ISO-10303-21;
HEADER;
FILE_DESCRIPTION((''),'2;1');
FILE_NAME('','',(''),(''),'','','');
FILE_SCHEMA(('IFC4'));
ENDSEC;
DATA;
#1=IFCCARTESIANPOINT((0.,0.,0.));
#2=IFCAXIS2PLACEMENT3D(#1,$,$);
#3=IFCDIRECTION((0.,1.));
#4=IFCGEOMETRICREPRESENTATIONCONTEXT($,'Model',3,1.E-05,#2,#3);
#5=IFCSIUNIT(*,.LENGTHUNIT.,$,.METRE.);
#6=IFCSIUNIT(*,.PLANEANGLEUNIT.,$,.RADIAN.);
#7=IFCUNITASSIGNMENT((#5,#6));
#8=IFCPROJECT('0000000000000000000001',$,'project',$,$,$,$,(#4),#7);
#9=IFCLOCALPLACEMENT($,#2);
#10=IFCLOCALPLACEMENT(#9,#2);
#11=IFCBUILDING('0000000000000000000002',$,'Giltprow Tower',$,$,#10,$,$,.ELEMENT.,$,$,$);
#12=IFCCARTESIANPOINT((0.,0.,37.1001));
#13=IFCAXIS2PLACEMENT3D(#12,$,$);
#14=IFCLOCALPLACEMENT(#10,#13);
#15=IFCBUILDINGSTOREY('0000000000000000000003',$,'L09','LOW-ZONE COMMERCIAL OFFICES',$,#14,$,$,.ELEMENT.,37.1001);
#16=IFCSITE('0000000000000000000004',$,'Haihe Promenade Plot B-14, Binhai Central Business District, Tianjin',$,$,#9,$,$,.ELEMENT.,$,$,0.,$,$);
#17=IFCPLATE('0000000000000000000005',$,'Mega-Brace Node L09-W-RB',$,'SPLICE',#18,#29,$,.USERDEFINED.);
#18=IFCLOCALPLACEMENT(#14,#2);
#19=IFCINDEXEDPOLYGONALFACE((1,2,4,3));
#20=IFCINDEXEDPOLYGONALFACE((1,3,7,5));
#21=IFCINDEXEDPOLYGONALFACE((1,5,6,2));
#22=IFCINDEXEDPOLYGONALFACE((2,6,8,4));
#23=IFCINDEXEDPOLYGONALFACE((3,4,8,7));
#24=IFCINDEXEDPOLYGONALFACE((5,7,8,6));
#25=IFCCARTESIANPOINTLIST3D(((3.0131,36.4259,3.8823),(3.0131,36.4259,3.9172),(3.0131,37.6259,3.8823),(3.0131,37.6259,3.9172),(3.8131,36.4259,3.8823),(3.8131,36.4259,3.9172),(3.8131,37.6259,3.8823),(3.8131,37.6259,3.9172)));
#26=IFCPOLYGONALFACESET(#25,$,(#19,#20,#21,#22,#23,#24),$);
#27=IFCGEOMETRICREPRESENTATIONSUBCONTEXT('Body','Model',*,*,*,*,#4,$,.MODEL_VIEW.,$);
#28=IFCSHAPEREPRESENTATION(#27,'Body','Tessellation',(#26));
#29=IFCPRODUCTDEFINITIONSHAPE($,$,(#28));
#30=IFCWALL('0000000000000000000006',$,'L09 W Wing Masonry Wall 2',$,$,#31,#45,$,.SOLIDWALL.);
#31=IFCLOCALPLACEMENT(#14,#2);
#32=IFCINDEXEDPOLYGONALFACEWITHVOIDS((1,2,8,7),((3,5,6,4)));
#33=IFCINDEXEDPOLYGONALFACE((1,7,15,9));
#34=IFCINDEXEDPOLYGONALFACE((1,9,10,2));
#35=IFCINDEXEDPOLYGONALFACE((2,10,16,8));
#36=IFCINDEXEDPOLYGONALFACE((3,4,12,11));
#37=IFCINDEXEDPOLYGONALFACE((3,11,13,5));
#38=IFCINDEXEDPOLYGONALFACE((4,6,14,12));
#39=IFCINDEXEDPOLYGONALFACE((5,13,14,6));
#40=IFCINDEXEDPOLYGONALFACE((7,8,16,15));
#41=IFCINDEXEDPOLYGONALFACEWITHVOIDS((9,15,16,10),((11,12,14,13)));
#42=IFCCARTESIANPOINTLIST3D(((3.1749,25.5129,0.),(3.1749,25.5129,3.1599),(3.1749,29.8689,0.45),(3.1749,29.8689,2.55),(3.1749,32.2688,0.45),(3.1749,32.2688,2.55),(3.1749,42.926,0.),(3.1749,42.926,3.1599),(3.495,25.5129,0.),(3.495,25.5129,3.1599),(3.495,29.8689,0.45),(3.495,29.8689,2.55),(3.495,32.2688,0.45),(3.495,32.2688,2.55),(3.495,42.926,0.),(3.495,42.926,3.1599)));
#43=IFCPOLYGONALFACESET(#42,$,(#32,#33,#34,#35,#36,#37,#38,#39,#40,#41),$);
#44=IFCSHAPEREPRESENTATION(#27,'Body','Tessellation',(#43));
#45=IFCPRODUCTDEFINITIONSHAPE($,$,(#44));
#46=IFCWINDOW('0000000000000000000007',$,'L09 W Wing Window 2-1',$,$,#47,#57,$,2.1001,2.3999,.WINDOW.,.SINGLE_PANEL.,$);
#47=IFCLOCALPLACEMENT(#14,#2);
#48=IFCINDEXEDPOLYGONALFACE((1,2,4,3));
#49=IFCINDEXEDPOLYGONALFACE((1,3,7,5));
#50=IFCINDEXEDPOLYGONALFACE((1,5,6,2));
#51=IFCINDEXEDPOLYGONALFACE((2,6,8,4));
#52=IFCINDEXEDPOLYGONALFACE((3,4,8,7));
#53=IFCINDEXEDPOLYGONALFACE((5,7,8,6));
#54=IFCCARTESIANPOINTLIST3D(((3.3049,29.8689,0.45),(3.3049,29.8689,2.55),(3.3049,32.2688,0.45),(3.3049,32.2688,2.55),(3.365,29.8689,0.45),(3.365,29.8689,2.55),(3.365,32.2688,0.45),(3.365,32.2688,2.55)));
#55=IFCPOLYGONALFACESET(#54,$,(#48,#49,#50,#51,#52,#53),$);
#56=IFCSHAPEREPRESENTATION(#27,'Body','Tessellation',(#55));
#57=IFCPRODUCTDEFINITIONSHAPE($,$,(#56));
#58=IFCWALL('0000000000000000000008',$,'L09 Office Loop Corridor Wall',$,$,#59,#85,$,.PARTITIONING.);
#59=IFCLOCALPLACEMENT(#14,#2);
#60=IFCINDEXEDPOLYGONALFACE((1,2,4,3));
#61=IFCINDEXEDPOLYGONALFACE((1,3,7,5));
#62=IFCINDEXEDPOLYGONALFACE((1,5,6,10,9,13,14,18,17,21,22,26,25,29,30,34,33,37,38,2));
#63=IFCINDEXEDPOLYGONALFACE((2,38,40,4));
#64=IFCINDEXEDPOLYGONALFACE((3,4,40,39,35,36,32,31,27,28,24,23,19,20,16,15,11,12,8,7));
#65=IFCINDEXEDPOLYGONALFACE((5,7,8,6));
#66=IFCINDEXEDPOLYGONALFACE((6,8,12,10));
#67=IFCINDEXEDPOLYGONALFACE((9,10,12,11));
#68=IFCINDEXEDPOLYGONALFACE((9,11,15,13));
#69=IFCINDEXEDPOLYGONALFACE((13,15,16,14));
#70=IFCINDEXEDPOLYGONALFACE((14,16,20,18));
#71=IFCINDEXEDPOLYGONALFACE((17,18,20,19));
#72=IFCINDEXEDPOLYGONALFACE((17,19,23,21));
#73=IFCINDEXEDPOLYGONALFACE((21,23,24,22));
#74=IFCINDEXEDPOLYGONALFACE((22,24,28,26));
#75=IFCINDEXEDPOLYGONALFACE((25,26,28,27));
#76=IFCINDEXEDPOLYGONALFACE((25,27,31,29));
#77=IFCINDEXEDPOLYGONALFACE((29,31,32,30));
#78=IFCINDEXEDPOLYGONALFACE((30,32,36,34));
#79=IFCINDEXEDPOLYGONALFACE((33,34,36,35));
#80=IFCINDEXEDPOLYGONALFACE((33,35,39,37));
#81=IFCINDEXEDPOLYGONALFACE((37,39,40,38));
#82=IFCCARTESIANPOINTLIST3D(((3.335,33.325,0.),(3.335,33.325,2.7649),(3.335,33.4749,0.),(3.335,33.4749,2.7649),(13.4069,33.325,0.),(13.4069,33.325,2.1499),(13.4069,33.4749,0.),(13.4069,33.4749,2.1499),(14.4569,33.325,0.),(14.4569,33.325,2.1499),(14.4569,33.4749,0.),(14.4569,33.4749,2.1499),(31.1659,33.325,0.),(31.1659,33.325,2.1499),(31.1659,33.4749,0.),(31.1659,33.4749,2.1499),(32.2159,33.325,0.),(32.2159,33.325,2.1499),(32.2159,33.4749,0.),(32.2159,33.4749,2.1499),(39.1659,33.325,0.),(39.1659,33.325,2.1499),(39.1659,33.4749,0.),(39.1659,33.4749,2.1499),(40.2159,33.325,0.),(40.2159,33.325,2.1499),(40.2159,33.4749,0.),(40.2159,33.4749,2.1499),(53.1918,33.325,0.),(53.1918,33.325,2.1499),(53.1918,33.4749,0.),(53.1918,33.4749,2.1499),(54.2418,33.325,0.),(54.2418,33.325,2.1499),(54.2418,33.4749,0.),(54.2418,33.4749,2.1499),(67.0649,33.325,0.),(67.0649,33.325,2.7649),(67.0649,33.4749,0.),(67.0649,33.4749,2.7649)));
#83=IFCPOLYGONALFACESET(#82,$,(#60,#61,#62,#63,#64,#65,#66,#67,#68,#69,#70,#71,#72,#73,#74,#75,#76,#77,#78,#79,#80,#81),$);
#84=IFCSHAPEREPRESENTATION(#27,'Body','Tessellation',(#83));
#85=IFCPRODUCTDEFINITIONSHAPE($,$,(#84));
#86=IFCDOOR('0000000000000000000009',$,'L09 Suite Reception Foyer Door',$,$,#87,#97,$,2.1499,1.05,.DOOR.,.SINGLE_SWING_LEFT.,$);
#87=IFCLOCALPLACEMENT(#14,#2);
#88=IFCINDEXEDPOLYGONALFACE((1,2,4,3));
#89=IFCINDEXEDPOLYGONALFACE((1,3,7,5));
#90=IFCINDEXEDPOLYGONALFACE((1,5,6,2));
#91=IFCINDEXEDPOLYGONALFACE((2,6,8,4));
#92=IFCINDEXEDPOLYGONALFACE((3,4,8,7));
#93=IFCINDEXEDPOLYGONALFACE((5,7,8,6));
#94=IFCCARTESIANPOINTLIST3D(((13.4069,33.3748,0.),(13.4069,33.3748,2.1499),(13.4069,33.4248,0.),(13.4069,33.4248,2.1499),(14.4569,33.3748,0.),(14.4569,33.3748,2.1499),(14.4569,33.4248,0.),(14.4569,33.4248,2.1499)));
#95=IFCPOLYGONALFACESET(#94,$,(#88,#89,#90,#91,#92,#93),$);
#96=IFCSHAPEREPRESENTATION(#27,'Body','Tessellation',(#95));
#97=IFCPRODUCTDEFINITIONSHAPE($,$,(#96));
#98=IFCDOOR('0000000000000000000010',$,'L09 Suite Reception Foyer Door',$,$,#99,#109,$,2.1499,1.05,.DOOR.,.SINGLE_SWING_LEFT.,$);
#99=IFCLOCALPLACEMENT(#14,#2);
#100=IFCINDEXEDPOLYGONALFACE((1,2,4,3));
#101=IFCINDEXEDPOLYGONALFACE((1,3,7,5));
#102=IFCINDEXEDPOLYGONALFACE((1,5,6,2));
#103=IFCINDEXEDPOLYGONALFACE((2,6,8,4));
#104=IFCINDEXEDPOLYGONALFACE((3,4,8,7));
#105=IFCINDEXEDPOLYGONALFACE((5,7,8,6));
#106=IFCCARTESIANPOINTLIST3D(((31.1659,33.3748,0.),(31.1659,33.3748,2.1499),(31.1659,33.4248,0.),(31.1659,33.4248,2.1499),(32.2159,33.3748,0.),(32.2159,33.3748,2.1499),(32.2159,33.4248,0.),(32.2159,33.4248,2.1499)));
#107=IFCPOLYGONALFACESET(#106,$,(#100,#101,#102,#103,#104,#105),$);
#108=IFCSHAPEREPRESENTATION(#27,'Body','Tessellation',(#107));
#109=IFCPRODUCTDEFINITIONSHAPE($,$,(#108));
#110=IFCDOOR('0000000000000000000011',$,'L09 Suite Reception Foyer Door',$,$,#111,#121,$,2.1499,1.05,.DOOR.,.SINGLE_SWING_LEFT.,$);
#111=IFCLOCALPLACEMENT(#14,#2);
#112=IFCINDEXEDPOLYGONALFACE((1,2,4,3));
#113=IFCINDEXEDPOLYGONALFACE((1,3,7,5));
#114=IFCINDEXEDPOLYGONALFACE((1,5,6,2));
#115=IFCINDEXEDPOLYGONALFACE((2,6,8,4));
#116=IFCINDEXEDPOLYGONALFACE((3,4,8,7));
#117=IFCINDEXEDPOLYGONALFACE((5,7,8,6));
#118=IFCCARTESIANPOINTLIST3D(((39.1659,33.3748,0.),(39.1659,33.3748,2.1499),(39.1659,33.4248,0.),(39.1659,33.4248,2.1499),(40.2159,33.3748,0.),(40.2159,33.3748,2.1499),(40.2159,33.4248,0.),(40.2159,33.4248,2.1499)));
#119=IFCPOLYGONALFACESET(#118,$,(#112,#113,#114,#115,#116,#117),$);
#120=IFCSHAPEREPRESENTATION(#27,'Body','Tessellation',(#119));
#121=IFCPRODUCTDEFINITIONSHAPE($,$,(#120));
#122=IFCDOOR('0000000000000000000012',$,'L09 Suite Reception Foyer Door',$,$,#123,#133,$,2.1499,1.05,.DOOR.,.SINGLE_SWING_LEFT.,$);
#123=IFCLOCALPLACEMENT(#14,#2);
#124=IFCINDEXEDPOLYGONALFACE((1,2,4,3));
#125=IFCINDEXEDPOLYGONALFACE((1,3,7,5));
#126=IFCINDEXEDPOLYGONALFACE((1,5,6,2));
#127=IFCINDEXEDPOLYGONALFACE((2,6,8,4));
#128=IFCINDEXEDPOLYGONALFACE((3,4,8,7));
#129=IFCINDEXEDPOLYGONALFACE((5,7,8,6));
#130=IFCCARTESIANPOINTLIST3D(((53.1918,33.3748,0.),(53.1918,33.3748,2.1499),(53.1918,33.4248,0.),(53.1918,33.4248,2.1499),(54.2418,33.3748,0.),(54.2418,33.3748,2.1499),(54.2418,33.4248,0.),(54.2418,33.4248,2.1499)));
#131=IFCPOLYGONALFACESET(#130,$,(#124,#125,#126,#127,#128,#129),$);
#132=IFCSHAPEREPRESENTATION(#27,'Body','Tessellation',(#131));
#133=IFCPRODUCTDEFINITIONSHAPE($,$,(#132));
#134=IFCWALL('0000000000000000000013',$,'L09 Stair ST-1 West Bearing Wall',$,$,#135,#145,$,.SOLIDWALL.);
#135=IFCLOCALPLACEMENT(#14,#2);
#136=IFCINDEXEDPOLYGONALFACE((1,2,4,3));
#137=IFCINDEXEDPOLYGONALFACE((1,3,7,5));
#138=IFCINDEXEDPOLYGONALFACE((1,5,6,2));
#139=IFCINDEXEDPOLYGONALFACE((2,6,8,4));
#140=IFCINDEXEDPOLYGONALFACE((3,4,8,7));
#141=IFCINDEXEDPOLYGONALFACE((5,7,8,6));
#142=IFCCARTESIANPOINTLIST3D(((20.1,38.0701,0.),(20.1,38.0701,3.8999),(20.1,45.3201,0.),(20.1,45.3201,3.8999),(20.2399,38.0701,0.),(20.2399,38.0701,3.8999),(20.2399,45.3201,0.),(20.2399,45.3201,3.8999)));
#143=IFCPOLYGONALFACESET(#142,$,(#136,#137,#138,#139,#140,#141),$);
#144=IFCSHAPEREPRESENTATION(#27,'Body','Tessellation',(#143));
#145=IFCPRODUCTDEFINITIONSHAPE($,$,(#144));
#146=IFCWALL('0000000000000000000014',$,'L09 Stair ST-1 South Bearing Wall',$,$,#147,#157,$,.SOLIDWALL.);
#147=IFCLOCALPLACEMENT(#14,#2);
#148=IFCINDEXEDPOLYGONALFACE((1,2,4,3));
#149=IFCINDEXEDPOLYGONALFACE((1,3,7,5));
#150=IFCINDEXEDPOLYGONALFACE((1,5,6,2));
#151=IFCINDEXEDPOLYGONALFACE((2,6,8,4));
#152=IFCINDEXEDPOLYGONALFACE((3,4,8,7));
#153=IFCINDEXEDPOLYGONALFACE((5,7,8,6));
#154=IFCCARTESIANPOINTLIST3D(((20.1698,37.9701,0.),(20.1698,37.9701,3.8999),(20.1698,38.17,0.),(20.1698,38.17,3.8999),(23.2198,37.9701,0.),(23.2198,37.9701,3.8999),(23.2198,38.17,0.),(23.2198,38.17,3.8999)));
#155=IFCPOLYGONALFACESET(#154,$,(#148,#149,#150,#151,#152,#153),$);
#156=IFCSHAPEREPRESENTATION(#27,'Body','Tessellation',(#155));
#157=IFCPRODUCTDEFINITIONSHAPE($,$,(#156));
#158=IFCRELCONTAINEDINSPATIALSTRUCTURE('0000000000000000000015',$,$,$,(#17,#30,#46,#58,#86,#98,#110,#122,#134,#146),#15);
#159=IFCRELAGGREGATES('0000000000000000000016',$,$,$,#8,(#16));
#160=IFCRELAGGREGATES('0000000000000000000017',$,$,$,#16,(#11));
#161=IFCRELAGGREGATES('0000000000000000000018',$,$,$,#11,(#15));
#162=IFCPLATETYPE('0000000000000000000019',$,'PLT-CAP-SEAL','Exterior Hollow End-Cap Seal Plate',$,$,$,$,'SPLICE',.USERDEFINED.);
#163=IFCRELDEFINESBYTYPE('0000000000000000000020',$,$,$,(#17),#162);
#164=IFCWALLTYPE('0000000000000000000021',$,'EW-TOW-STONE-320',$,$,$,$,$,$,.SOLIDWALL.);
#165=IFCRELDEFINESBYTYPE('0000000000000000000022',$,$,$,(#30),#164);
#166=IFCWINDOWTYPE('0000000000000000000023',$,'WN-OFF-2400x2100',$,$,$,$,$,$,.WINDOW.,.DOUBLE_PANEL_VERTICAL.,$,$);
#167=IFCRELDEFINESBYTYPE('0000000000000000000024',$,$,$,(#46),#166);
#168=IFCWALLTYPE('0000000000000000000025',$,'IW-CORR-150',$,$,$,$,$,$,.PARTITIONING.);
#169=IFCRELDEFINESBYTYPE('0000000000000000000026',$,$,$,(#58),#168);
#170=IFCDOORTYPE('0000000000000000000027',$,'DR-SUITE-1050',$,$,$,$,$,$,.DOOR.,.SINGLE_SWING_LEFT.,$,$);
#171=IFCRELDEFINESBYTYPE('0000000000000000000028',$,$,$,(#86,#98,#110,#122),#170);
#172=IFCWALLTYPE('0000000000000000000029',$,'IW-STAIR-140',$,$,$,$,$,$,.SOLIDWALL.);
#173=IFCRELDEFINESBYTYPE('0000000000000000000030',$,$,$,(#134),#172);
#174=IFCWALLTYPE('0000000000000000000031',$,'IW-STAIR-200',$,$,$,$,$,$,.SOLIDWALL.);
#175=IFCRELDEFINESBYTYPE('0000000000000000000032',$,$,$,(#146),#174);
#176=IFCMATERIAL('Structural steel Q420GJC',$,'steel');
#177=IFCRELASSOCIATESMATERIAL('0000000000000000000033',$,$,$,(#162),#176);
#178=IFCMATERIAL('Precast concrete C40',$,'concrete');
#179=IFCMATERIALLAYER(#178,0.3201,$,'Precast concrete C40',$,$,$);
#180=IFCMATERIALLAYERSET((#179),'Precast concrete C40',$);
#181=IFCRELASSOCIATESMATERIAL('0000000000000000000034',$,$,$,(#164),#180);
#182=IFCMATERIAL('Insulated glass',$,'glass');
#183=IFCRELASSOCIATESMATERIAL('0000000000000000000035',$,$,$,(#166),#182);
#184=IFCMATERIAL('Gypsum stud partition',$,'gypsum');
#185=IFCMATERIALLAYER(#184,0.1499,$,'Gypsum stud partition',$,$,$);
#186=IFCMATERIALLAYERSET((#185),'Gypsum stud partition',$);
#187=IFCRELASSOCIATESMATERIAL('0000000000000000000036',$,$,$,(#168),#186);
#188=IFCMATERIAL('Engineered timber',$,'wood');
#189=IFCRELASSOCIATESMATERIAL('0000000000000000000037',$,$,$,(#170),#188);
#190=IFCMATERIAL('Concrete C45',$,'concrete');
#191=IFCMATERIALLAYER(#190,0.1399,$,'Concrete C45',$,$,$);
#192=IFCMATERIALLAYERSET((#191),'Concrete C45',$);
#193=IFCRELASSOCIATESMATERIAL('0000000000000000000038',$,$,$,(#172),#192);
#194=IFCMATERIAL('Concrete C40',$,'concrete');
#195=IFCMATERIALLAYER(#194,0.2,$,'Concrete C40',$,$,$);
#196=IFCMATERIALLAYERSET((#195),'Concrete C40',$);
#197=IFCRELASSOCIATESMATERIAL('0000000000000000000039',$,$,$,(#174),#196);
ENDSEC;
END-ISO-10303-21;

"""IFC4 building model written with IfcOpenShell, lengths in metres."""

from ifc_helpers import new_model, si_unit, direction, frame, frame_2d, origin, origin_2d, place, context, subcontext, project, spatial, rectangle, extrude, source, transform, mapped, material, layer, layer_set, type_object, element, fill, save


model = new_model("IFC4")

# Units and contexts
model_context = context("Model", 3, precision=1e-05, world=origin(), true_north=direction((0.0, 1.0)))
body_context = subcontext(model_context, "Body", "Model", "MODEL_VIEW")
ifc_project = project(units=[si_unit("LENGTHUNIT", "METRE"), si_unit("PLANEANGLEUNIT", "RADIAN")], contexts=[model_context])

# Site, building, storey
site_placement = place(None, origin())
site = spatial("IfcSite", under=ifc_project, at=site_placement, Name="Haihe Promenade Plot B-14, Binhai Central Business District, Tianjin", CompositionType="ELEMENT", RefElevation=0.0)
building_placement = place(site_placement, origin())
building = spatial("IfcBuilding", under=site, at=building_placement, Name="Giltprow Tower", CompositionType="ELEMENT")
storey_placement = place(building_placement, frame((0.0, 0.0, 37.1001)))
storey = spatial("IfcBuildingStorey", under=building, at=storey_placement, Name="L09", Description="LOW-ZONE COMMERCIAL OFFICES", CompositionType="ELEMENT", Elevation=37.1001)

# Shared definitions
ifc_material_1 = material(Name="Structural steel Q420GJC", Category="steel")

# Plate
plate_type = type_object("IfcPlateType", Name="PLT-CAP-SEAL", Description="Exterior Hollow End-Cap Seal Plate", ElementType="SPLICE", PredefinedType="USERDEFINED", material=ifc_material_1)
shared_shape_1 = source(origin(), body_context, "Body", "SweptSolid", [
    extrude(rectangle(XDim=1.2, YDim=0.8, at=origin_2d()), origin(), (0.0, 0.0, 1.0), 0.0349),
])
plate_placement = place(storey_placement, frame((3.4131, 37.0259, 3.8823), z_axis=(0.0, 0.0, 1.0), x_axis=(0.0, 1.0, 0.0)))
element("IfcPlate", 1, at=plate_placement, inside=storey, type_object=plate_type, Name="Mega-Brace Node L09-W-RB", ObjectType="SPLICE", PredefinedType="USERDEFINED", context=body_context, shape_type="MappedRepresentation", body=[
    mapped(shared_shape_1, transform((0.0, 0.0, 0.0), x_axis=(1.0, 0.0, 0.0), y_axis=(0.0, 1.0, 0.0), z_axis=(0.0, 0.0, 1.0), scale=1.0)),
])

# Wall, opening, window
ifc_material_2 = material(Name="Precast concrete C40", Category="concrete")
ifc_layer_1 = layer(ifc_material_2, 0.3201, Name="Precast concrete C40")
ifc_layer_set_1 = layer_set([ifc_layer_1], Name="Precast concrete C40")
wall_type_1 = type_object("IfcWallType", Name="EW-TOW-STONE-320", PredefinedType="SOLIDWALL", material=ifc_layer_set_1)
wall_1_placement = place(storey_placement, frame((3.335, 25.5129, 0.0), z_axis=(0.0, 0.0, 1.0), x_axis=(0.0, 1.0, 0.0)))
wall_1 = element("IfcWall", 2, at=wall_1_placement, inside=storey, type_object=wall_type_1, Name="L09 W Wing Masonry Wall 2", PredefinedType="SOLIDWALL", context=body_context, shape_type="SweptSolid", body=[
    extrude(rectangle(XDim=17.4131, YDim=0.3201, at=frame_2d((8.7065, 0.0))), origin(), (0.0, 0.0, 1.0), 3.1599),
])
opening_1_placement = place(wall_1_placement, frame((4.356, 0.0, 0.45)))
opening_1 = element("IfcOpeningElement", 3, at=opening_1_placement, cuts=wall_1, PredefinedType="OPENING", context=body_context, shape_type="SweptSolid", body=[
    extrude(rectangle(XDim=2.3999, YDim=2.1001, at=frame_2d((1.2, 1.05))), frame((0.0, 0.1699, 0.0), z_axis=(0.0, -1.0, 0.0), x_axis=(1.0, 0.0, 0.0)), (0.0, 0.0, 1.0), 0.3401),
])
ifc_material_3 = material(Name="Insulated glass", Category="glass")
window_type = type_object("IfcWindowType", Name="WN-OFF-2400x2100", PartitioningType="DOUBLE_PANEL_VERTICAL", PredefinedType="WINDOW", material=ifc_material_3)
shared_shape_2 = source(origin(), body_context, "Body", "SweptSolid", [
    extrude(rectangle(XDim=2.3999, YDim=2.1001, at=frame_2d((1.2, 1.05))), frame((0.0, 0.03, 0.0), z_axis=(0.0, -1.0, 0.0), x_axis=(1.0, 0.0, 0.0)), (0.0, 0.0, 1.0), 0.0601),
])
window_placement = place(opening_1_placement, origin())
window = element("IfcWindow", 4, at=window_placement, inside=storey, type_object=window_type, Name="L09 W Wing Window 2-1", OverallHeight=2.1001, OverallWidth=2.3999, PartitioningType="SINGLE_PANEL", PredefinedType="WINDOW", context=body_context, shape_type="MappedRepresentation", body=[
    mapped(shared_shape_2, transform((0.0, 0.0, 0.0), x_axis=(1.0, 0.0, 0.0), y_axis=(0.0, 1.0, 0.0), z_axis=(0.0, 0.0, 1.0), scale=1.0)),
])
fill(opening_1, window)

# Wall, openings, doors
ifc_material_4 = material(Name="Gypsum stud partition", Category="gypsum")
ifc_layer_2 = layer(ifc_material_4, 0.1499, Name="Gypsum stud partition")
ifc_layer_set_2 = layer_set([ifc_layer_2], Name="Gypsum stud partition")
wall_type_2 = type_object("IfcWallType", Name="IW-CORR-150", PredefinedType="PARTITIONING", material=ifc_layer_set_2)
wall_2_placement = place(storey_placement, frame((3.335, 33.3999, 0.0), z_axis=(0.0, 0.0, 1.0), x_axis=(1.0, 0.0, 0.0)))
wall_2 = element("IfcWall", 5, at=wall_2_placement, inside=storey, type_object=wall_type_2, Name="L09 Office Loop Corridor Wall", PredefinedType="PARTITIONING", context=body_context, shape_type="SweptSolid", body=[
    extrude(rectangle(XDim=63.73, YDim=0.1499, at=frame_2d((31.865, 0.0))), origin(), (0.0, 0.0, 1.0), 2.7649),
])
opening_2_placement = place(wall_2_placement, frame((10.072, 0.0, 0.0)))
opening_2 = element("IfcOpeningElement", 6, at=opening_2_placement, cuts=wall_2, PredefinedType="OPENING", context=body_context, shape_type="SweptSolid", body=[
    extrude(rectangle(XDim=1.05, YDim=2.1499, at=frame_2d((0.5249, 1.075))), frame((0.0, 0.085, 0.0), z_axis=(0.0, -1.0, 0.0), x_axis=(1.0, 0.0, 0.0)), (0.0, 0.0, 1.0), 0.1699),
])
opening_3_placement = place(wall_2_placement, frame((27.8311, 0.0, 0.0)))
opening_3 = element("IfcOpeningElement", 7, at=opening_3_placement, cuts=wall_2, PredefinedType="OPENING", context=body_context, shape_type="SweptSolid", body=[
    extrude(rectangle(XDim=1.05, YDim=2.1499, at=frame_2d((0.5249, 1.075))), frame((0.0, 0.085, 0.0), z_axis=(0.0, -1.0, 0.0), x_axis=(1.0, 0.0, 0.0)), (0.0, 0.0, 1.0), 0.1699),
])
opening_4_placement = place(wall_2_placement, frame((35.8311, 0.0, 0.0)))
opening_4 = element("IfcOpeningElement", 8, at=opening_4_placement, cuts=wall_2, PredefinedType="OPENING", context=body_context, shape_type="SweptSolid", body=[
    extrude(rectangle(XDim=1.05, YDim=2.1499, at=frame_2d((0.5249, 1.075))), frame((0.0, 0.085, 0.0), z_axis=(0.0, -1.0, 0.0), x_axis=(1.0, 0.0, 0.0)), (0.0, 0.0, 1.0), 0.1699),
])
opening_5_placement = place(wall_2_placement, frame((49.8569, 0.0, 0.0)))
opening_5 = element("IfcOpeningElement", 9, at=opening_5_placement, cuts=wall_2, PredefinedType="OPENING", context=body_context, shape_type="SweptSolid", body=[
    extrude(rectangle(XDim=1.05, YDim=2.1499, at=frame_2d((0.5249, 1.075))), frame((0.0, 0.085, 0.0), z_axis=(0.0, -1.0, 0.0), x_axis=(1.0, 0.0, 0.0)), (0.0, 0.0, 1.0), 0.1699),
])
ifc_material_5 = material(Name="Engineered timber", Category="wood")
door_type_1 = type_object("IfcDoorType", Name="DR-SUITE-1050", OperationType="SINGLE_SWING_LEFT", PredefinedType="DOOR", material=ifc_material_5)
shared_shape_3 = source(origin(), body_context, "Body", "SweptSolid", [
    extrude(rectangle(XDim=1.05, YDim=2.1499, at=frame_2d((0.5249, 1.075))), frame((0.0, 0.0249, 0.0), z_axis=(0.0, -1.0, 0.0), x_axis=(1.0, 0.0, 0.0)), (0.0, 0.0, 1.0), 0.05),
])
door_1_placement = place(opening_2_placement, origin())
door_1 = element("IfcDoor", 10, at=door_1_placement, inside=storey, type_object=door_type_1, Name="L09 Suite Reception Foyer Door", OperationType="SINGLE_SWING_LEFT", OverallHeight=2.1499, OverallWidth=1.05, PredefinedType="DOOR", context=body_context, shape_type="MappedRepresentation", body=[
    mapped(shared_shape_3, transform((0.0, 0.0, 0.0), x_axis=(1.0, 0.0, 0.0), y_axis=(0.0, 1.0, 0.0), z_axis=(0.0, 0.0, 1.0), scale=1.0)),
])
fill(opening_2, door_1)
door_2_placement = place(opening_3_placement, origin())
door_2 = element("IfcDoor", 11, at=door_2_placement, inside=storey, type_object=door_type_1, Name="L09 Suite Reception Foyer Door", OperationType="SINGLE_SWING_LEFT", OverallHeight=2.1499, OverallWidth=1.05, PredefinedType="DOOR", context=body_context, shape_type="MappedRepresentation", body=[
    mapped(shared_shape_3, transform((0.0, 0.0, 0.0), x_axis=(1.0, 0.0, 0.0), y_axis=(0.0, 1.0, 0.0), z_axis=(0.0, 0.0, 1.0), scale=1.0)),
])
fill(opening_3, door_2)
door_3_placement = place(opening_4_placement, origin())
door_3 = element("IfcDoor", 12, at=door_3_placement, inside=storey, type_object=door_type_1, Name="L09 Suite Reception Foyer Door", OperationType="SINGLE_SWING_LEFT", OverallHeight=2.1499, OverallWidth=1.05, PredefinedType="DOOR", context=body_context, shape_type="MappedRepresentation", body=[
    mapped(shared_shape_3, transform((0.0, 0.0, 0.0), x_axis=(1.0, 0.0, 0.0), y_axis=(0.0, 1.0, 0.0), z_axis=(0.0, 0.0, 1.0), scale=1.0)),
])
fill(opening_4, door_3)
door_4_placement = place(opening_5_placement, origin())
door_4 = element("IfcDoor", 13, at=door_4_placement, inside=storey, type_object=door_type_1, Name="L09 Suite Reception Foyer Door", OperationType="SINGLE_SWING_LEFT", OverallHeight=2.1499, OverallWidth=1.05, PredefinedType="DOOR", context=body_context, shape_type="MappedRepresentation", body=[
    mapped(shared_shape_3, transform((0.0, 0.0, 0.0), x_axis=(1.0, 0.0, 0.0), y_axis=(0.0, 1.0, 0.0), z_axis=(0.0, 0.0, 1.0), scale=1.0)),
])
fill(opening_5, door_4)

# Walls
ifc_material_6 = material(Name="Concrete C45", Category="concrete")
ifc_layer_3 = layer(ifc_material_6, 0.1399, Name="Concrete C45")
ifc_layer_set_3 = layer_set([ifc_layer_3], Name="Concrete C45")
wall_type_3 = type_object("IfcWallType", Name="IW-STAIR-140", PredefinedType="SOLIDWALL", material=ifc_layer_set_3)
wall_3_placement = place(storey_placement, frame((20.1699, 38.0701, 0.0), z_axis=(0.0, 0.0, 1.0), x_axis=(0.0, 1.0, 0.0)))
element("IfcWall", 14, at=wall_3_placement, inside=storey, type_object=wall_type_3, Name="L09 Stair ST-1 West Bearing Wall", PredefinedType="SOLIDWALL", context=body_context, shape_type="SweptSolid", body=[
    extrude(rectangle(XDim=7.25, YDim=0.1399, at=frame_2d((3.625, 0.0))), origin(), (0.0, 0.0, 1.0), 3.8999),
])
ifc_material_7 = material(Name="Concrete C40", Category="concrete")
ifc_layer_4 = layer(ifc_material_7, 0.2, Name="Concrete C40")
ifc_layer_set_4 = layer_set([ifc_layer_4], Name="Concrete C40")
wall_type_4 = type_object("IfcWallType", Name="IW-STAIR-200", PredefinedType="SOLIDWALL", material=ifc_layer_set_4)
wall_4_placement = place(storey_placement, frame((20.1699, 38.0701, 0.0), z_axis=(0.0, 0.0, 1.0), x_axis=(1.0, 0.0, 0.0)))
element("IfcWall", 15, at=wall_4_placement, inside=storey, type_object=wall_type_4, Name="L09 Stair ST-1 South Bearing Wall", PredefinedType="SOLIDWALL", context=body_context, shape_type="SweptSolid", body=[
    extrude(rectangle(XDim=3.05, YDim=0.2, at=frame_2d((1.5249, 0.0))), origin(), (0.0, 0.0, 1.0), 3.8999),
])

save(model, "model.ifc")
